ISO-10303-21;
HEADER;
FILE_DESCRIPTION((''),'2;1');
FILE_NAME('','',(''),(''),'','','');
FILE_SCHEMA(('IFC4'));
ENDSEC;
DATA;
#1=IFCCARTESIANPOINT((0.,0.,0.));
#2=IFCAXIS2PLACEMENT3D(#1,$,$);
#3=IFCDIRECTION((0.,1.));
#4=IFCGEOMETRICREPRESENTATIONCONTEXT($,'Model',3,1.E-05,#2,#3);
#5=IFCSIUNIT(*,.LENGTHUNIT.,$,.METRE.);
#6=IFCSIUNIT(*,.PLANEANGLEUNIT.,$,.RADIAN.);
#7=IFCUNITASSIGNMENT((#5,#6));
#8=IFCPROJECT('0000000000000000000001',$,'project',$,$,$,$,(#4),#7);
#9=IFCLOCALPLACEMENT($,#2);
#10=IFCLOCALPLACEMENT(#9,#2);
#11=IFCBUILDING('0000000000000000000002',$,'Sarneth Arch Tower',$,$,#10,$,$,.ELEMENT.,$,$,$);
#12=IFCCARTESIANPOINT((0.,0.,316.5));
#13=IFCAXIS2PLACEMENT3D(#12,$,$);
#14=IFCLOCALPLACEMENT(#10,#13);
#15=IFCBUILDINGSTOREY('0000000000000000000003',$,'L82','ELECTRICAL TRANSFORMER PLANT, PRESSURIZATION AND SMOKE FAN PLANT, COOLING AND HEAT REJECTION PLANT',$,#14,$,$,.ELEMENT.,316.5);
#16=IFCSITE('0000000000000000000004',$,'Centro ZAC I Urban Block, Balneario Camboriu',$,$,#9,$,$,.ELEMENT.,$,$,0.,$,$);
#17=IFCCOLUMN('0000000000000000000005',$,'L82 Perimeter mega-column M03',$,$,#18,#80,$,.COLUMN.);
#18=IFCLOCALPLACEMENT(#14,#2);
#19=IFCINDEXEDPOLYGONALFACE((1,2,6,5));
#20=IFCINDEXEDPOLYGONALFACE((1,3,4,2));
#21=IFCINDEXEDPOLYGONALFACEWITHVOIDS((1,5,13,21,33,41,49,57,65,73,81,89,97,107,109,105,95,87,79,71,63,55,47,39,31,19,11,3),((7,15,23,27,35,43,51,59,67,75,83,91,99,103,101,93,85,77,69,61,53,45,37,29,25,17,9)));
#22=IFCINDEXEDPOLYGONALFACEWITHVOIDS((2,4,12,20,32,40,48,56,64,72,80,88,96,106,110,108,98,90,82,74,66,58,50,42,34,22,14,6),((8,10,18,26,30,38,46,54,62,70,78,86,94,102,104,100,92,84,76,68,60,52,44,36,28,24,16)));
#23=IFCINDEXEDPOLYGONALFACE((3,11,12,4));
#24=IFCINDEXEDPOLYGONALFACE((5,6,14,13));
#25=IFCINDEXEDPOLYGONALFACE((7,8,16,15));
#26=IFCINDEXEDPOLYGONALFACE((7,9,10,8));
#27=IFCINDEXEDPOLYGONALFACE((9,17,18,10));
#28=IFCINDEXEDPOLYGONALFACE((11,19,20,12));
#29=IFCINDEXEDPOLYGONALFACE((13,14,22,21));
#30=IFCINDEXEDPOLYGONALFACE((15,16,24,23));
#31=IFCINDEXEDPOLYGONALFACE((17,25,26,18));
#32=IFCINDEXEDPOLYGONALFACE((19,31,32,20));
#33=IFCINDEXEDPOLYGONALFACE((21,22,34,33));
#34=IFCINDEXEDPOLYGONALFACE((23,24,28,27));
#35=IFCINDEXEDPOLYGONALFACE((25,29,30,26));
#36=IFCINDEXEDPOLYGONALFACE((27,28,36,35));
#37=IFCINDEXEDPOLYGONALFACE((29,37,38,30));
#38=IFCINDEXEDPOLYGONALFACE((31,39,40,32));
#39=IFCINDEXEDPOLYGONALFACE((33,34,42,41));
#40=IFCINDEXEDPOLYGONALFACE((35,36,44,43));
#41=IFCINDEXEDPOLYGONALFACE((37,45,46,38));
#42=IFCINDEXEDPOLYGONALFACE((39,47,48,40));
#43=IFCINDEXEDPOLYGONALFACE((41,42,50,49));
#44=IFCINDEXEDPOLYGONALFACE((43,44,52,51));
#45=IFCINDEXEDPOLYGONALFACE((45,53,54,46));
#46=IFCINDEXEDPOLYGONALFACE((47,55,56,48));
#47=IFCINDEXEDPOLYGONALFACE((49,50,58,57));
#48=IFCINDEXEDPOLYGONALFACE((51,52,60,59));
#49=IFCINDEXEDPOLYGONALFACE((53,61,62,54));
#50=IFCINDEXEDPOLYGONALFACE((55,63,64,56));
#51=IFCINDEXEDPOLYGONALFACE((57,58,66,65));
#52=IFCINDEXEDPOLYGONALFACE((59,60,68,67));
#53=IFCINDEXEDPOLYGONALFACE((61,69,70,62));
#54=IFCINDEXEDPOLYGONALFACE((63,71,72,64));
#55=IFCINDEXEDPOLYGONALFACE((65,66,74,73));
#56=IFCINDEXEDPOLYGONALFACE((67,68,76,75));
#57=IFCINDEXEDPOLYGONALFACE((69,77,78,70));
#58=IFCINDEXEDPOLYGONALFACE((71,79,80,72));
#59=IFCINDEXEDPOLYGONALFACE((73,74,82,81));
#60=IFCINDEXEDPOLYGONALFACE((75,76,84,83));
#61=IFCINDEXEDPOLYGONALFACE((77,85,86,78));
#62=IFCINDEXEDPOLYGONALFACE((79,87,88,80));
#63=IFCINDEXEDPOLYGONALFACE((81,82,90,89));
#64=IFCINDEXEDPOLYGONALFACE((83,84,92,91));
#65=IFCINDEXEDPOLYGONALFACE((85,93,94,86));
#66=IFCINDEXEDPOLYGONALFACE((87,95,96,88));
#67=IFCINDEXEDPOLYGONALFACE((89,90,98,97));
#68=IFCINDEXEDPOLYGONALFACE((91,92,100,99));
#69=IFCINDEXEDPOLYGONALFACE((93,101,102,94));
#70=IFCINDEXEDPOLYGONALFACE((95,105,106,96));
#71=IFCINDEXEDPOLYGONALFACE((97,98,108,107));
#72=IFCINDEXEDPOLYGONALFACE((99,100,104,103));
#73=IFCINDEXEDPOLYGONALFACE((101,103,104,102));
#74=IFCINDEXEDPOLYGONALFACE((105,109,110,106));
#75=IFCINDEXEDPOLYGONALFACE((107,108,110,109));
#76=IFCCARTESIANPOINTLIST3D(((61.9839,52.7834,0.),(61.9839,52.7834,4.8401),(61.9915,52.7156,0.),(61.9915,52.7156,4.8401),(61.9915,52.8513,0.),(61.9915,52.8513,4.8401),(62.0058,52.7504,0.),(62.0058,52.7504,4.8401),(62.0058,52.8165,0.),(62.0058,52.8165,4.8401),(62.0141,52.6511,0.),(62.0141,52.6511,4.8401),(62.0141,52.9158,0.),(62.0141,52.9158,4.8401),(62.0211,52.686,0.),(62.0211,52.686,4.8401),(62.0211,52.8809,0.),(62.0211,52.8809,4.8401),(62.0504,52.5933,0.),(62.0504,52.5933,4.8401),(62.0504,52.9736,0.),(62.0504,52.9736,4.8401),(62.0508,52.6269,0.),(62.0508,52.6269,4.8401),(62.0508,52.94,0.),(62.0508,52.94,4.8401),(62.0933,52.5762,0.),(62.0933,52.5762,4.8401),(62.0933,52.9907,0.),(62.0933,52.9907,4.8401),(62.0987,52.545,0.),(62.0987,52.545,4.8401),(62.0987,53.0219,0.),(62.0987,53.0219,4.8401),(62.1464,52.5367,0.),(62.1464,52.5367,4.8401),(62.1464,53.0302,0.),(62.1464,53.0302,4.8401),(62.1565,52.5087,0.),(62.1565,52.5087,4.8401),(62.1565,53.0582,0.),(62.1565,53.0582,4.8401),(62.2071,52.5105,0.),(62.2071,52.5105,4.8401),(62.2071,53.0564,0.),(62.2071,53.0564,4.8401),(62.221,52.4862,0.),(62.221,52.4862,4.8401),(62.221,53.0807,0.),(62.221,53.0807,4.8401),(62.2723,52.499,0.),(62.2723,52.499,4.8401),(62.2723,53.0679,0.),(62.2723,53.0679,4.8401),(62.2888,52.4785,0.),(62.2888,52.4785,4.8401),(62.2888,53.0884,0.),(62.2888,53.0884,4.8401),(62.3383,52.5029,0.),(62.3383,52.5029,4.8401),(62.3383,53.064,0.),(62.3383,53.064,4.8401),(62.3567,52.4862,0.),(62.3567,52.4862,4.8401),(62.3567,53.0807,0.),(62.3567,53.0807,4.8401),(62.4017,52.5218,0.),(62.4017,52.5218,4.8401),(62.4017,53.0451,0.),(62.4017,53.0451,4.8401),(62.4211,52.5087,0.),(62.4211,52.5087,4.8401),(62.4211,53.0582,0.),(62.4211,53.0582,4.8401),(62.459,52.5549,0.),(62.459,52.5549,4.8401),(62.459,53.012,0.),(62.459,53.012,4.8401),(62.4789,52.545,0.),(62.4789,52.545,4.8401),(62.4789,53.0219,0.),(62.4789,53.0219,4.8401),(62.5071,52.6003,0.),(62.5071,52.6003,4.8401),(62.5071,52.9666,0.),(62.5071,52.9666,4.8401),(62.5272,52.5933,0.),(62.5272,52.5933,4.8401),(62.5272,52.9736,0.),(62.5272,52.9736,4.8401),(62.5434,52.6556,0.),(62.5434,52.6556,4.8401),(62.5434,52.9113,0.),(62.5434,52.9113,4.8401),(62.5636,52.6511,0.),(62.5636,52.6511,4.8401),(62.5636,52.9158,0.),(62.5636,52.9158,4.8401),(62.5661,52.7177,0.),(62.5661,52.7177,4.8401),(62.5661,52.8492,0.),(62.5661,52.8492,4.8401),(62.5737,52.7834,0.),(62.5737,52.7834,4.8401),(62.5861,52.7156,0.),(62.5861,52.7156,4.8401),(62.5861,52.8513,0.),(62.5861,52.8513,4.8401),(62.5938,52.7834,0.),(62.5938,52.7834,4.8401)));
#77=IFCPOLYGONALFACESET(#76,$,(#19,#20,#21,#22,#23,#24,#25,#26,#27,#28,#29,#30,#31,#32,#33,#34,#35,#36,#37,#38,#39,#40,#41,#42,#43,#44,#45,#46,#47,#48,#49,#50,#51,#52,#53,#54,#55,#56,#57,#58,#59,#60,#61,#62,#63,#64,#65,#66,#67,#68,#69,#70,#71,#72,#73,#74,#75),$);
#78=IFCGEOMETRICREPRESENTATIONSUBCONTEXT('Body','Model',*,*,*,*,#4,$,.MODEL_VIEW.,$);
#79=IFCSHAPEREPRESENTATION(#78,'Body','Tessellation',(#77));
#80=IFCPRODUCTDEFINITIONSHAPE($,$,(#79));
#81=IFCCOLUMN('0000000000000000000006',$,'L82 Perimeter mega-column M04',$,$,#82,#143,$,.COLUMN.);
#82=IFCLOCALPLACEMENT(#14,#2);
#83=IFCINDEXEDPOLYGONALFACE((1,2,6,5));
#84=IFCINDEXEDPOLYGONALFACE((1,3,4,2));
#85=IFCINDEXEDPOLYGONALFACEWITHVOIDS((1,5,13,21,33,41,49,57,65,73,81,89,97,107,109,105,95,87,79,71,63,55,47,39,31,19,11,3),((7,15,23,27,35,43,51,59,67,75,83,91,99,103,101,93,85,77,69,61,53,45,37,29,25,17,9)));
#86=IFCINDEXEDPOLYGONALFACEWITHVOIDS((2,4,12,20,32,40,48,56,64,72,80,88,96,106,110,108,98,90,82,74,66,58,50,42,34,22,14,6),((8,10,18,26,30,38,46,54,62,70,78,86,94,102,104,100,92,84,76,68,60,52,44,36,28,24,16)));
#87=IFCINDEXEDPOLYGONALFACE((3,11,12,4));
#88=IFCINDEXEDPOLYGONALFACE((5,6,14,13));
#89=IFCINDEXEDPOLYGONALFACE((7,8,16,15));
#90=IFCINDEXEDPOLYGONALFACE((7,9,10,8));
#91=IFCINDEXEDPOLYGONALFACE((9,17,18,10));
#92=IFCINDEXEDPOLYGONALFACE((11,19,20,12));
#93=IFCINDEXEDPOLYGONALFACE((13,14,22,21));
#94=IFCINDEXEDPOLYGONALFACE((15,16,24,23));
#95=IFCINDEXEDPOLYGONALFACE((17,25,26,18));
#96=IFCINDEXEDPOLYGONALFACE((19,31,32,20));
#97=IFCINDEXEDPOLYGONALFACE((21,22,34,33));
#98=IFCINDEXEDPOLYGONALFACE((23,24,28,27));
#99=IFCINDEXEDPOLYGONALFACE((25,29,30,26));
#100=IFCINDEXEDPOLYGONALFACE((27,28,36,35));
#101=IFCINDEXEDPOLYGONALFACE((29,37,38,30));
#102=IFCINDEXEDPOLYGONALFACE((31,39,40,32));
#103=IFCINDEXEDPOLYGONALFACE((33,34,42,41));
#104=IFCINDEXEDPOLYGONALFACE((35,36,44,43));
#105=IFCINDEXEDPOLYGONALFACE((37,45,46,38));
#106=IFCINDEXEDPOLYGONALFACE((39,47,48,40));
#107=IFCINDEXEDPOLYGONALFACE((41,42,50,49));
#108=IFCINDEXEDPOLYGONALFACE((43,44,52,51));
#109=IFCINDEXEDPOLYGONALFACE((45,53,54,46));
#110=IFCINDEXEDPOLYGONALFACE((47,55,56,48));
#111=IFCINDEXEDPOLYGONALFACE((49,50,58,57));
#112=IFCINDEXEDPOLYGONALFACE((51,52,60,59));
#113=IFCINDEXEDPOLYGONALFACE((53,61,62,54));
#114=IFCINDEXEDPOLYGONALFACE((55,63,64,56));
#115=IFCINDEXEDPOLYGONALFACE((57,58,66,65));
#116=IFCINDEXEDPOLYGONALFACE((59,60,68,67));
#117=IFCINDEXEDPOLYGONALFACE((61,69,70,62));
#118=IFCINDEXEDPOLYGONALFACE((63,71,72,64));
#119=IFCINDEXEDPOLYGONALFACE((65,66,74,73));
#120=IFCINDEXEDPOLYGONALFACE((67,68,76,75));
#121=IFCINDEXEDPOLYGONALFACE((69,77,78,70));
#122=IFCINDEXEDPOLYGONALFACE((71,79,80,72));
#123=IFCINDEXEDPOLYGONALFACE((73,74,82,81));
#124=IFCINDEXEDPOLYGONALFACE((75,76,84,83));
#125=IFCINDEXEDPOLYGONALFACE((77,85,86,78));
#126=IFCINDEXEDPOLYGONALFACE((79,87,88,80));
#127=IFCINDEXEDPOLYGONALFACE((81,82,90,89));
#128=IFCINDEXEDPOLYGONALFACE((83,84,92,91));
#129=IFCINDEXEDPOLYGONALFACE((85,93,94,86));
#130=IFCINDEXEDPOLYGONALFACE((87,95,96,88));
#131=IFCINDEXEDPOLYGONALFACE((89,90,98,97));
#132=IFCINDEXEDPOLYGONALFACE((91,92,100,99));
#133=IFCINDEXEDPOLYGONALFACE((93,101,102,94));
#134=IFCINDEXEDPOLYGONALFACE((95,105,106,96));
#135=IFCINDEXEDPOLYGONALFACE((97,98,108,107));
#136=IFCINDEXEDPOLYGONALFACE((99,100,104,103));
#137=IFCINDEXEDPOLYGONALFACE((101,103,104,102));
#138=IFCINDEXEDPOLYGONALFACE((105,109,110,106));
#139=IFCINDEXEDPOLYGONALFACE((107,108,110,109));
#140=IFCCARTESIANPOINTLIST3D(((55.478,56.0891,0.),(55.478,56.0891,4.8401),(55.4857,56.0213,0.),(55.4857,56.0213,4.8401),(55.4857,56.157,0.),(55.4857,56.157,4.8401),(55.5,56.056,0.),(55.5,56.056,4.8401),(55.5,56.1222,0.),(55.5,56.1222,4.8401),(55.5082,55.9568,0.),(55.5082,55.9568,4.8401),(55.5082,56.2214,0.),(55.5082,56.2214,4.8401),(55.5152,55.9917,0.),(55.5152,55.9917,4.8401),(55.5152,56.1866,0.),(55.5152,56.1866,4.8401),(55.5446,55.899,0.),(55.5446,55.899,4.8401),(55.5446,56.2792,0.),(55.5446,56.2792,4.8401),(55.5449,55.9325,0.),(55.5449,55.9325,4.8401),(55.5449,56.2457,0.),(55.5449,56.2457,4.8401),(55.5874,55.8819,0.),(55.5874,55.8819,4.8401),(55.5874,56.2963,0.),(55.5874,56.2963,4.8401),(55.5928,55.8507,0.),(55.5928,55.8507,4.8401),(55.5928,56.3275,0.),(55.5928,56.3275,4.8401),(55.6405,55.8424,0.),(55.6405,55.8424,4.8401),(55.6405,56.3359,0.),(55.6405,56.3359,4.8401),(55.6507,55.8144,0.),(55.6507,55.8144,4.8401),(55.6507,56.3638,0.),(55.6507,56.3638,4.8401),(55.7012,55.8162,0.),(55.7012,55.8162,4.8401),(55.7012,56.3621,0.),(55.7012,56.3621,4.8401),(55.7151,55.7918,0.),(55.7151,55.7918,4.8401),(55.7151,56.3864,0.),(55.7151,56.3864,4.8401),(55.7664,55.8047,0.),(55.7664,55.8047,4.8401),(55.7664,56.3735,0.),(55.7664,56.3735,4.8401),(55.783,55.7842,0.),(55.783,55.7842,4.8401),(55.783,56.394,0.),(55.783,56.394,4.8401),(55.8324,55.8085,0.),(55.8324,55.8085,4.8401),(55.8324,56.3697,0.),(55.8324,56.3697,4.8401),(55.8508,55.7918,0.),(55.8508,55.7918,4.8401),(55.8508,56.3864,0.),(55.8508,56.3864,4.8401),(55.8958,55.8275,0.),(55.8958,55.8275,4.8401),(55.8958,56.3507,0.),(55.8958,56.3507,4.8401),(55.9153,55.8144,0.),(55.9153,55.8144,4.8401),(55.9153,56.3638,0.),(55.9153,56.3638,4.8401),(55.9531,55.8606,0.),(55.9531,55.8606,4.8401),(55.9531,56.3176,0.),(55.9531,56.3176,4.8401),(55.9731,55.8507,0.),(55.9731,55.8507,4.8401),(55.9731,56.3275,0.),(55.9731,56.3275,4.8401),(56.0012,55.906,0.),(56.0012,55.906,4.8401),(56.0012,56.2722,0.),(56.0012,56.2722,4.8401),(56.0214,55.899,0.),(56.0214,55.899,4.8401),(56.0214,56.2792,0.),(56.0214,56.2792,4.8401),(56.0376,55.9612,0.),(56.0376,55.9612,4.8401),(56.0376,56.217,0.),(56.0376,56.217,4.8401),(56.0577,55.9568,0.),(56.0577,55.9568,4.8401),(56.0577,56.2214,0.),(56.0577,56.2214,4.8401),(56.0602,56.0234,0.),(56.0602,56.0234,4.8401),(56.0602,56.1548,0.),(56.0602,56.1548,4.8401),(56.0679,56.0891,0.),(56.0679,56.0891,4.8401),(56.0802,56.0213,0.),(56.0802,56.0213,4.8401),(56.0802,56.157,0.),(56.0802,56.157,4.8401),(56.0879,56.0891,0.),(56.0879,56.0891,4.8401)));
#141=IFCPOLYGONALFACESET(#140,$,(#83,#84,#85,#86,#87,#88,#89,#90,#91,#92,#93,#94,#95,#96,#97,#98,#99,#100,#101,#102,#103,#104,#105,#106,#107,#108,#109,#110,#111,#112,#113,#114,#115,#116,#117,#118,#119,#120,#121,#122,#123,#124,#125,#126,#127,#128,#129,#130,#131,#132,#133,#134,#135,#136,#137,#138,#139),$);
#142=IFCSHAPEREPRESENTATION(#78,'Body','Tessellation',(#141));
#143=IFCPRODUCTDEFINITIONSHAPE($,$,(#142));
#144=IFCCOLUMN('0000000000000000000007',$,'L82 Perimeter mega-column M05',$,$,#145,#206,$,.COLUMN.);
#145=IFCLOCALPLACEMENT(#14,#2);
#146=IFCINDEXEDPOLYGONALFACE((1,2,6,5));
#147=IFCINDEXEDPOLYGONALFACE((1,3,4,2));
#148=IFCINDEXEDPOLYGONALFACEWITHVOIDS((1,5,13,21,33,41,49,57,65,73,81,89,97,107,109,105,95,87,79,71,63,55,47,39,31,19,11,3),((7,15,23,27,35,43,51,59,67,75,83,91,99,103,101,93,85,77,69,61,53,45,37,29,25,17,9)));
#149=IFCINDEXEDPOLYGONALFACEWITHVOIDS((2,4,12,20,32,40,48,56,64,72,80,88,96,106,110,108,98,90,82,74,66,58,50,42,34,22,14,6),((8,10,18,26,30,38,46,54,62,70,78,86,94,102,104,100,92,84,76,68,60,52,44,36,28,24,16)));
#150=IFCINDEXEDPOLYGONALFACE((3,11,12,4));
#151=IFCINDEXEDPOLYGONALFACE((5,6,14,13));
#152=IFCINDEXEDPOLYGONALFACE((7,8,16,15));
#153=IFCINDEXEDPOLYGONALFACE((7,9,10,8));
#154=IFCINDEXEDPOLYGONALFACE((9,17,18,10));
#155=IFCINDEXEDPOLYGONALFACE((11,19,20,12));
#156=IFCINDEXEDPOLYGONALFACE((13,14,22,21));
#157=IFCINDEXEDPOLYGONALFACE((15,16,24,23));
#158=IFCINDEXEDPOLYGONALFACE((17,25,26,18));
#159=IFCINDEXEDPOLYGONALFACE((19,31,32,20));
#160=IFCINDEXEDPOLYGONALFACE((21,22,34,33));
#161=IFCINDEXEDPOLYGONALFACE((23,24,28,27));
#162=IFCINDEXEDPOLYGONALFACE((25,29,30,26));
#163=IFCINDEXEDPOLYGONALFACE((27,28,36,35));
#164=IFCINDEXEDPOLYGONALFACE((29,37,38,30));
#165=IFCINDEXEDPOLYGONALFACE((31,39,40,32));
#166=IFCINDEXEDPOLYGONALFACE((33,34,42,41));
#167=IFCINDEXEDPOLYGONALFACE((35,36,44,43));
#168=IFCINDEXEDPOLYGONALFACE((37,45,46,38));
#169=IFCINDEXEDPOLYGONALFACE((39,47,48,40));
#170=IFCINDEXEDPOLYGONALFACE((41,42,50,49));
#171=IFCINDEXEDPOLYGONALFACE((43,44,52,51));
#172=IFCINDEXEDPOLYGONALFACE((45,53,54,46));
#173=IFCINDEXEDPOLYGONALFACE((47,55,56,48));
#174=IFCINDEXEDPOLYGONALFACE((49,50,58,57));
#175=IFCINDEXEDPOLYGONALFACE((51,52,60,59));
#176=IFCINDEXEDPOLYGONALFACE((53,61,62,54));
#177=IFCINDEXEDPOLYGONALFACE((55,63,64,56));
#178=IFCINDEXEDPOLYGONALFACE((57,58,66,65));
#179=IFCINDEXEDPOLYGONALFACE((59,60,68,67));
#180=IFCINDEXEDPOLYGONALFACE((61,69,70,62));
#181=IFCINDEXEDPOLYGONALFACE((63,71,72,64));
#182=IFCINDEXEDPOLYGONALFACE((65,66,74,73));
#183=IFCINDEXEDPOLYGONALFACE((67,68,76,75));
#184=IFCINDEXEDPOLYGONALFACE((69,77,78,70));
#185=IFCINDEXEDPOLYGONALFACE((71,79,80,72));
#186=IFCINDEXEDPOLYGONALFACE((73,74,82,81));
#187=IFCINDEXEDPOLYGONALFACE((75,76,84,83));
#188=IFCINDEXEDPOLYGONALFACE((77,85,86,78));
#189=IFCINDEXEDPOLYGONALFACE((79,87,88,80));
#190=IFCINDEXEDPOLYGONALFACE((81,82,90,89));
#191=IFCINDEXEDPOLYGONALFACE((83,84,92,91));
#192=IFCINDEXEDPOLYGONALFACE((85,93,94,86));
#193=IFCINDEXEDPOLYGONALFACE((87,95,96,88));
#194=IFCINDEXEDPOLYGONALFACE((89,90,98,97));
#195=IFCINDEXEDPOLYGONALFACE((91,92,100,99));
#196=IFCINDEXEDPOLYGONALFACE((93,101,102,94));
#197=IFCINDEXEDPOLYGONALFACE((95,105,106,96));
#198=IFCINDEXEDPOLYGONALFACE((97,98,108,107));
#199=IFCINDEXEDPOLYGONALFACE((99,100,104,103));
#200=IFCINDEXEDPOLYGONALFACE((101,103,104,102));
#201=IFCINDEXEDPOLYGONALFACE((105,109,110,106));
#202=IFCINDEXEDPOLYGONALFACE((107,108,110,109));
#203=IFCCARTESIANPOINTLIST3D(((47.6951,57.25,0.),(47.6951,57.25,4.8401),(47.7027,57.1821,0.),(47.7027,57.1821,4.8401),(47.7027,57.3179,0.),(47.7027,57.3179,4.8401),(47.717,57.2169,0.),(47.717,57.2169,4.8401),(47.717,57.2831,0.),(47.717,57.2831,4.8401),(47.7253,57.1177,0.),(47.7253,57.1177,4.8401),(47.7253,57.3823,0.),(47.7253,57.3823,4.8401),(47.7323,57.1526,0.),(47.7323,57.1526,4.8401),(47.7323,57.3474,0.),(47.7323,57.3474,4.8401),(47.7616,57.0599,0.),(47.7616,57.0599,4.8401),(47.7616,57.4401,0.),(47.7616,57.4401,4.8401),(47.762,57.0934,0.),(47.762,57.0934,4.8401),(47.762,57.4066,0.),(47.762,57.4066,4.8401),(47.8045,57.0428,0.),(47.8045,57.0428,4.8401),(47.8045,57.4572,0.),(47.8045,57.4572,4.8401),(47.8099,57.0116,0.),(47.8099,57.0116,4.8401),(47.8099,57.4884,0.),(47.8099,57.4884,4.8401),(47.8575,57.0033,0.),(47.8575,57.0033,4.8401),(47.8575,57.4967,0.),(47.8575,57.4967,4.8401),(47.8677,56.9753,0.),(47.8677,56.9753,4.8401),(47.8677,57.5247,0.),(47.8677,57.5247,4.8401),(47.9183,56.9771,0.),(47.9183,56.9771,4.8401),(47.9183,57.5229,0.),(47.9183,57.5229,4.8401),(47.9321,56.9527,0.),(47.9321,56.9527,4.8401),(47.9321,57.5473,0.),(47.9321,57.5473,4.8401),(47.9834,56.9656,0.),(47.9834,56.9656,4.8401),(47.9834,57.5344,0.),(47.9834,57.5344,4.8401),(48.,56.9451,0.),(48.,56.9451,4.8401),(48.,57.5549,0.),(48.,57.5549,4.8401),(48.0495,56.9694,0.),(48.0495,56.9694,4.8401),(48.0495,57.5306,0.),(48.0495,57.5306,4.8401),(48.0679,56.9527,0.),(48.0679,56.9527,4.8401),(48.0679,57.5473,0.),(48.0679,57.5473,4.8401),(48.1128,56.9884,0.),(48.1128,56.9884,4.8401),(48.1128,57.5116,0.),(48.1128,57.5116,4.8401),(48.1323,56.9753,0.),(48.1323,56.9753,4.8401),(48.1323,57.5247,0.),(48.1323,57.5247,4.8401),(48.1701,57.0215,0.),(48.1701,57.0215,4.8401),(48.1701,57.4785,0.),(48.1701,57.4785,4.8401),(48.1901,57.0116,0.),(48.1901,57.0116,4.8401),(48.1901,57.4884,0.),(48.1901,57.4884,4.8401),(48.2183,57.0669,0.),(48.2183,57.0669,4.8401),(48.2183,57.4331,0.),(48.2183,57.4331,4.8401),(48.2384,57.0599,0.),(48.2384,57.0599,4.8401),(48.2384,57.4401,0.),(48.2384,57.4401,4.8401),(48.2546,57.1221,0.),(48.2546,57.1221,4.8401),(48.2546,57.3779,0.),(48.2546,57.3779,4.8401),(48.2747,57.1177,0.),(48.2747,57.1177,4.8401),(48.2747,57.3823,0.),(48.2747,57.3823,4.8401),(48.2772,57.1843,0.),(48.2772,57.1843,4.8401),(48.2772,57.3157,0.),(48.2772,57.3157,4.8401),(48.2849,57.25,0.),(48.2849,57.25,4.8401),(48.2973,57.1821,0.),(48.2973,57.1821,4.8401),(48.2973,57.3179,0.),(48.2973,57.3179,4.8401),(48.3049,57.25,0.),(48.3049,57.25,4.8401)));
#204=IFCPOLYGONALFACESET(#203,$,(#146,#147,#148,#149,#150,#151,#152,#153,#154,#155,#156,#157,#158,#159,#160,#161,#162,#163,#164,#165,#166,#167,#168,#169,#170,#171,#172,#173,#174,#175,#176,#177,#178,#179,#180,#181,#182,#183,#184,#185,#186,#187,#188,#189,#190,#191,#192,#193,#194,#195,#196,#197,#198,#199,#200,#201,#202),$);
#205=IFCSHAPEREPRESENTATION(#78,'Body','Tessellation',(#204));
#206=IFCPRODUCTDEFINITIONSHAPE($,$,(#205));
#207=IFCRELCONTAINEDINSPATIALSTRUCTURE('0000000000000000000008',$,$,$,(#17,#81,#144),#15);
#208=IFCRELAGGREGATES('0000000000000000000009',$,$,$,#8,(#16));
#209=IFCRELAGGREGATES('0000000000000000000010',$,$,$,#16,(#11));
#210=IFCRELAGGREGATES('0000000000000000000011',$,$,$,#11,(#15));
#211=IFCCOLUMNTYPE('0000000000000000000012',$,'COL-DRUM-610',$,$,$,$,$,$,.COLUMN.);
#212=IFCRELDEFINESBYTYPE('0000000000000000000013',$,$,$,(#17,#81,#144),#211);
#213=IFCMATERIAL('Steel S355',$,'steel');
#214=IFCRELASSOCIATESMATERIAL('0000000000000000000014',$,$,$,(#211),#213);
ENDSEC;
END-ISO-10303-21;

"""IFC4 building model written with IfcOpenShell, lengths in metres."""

from ifc_helpers import new_model, si_unit, direction, frame, origin, origin_2d, place, context, subcontext, project, spatial, hollow_circle, extrude, material, material_profile, profile_set, type_object, element, save


model = new_model("IFC4")

# Units and contexts
model_context = context("Model", 3, precision=1e-05, world=origin(), true_north=direction((0.0, 1.0)))
body_context = subcontext(model_context, "Body", "Model", "MODEL_VIEW")
ifc_project = project(units=[si_unit("LENGTHUNIT", "METRE"), si_unit("PLANEANGLEUNIT", "RADIAN")], contexts=[model_context])

# Site, building, storey
site_placement = place(None, origin())
site = spatial("IfcSite", under=ifc_project, at=site_placement, Name="Centro ZAC I Urban Block, Balneario Camboriu", CompositionType="ELEMENT", RefElevation=0.0)
building_placement = place(site_placement, origin())
building = spatial("IfcBuilding", under=site, at=building_placement, Name="Sarneth Arch Tower", CompositionType="ELEMENT")
storey_placement = place(building_placement, frame((0.0, 0.0, 316.5)))
storey = spatial("IfcBuildingStorey", under=building, at=storey_placement, Name="L82", Description="ELECTRICAL TRANSFORMER PLANT, PRESSURIZATION AND SMOKE FAN PLANT, COOLING AND HEAT REJECTION PLANT", CompositionType="ELEMENT", Elevation=316.5)

# Columns
ifc_material_1 = material(Name="Steel S355", Category="steel")
ifc_material_profile_1 = material_profile(ifc_material_1, hollow_circle(Radius=0.3049, WallThickness=0.02, at=origin_2d()), Name="CHS610x20")
ifc_profile_set_1 = profile_set([ifc_material_profile_1], Name="Steel S355")
column_type = type_object("IfcColumnType", Name="COL-DRUM-610", PredefinedType="COLUMN", material=ifc_profile_set_1)
for number, where, z_axis, x_axis, name in (
    (1, (62.2888, 52.7834, 0.0), (0.0, 0.0, 1.0), (1.0, 0.0, 0.0), "L82 Perimeter mega-column M03"),
    (2, (55.783, 56.0891, 0.0), (0.0, 0.0, 1.0), (1.0, 0.0, 0.0), "L82 Perimeter mega-column M04"),
    (3, (48.0, 57.25, 0.0), (0.0, 0.0, 1.0), (1.0, 0.0, 0.0), "L82 Perimeter mega-column M05"),
):
    element("IfcColumn", number, at=place(storey_placement, frame(where, z_axis=z_axis, x_axis=x_axis)), inside=storey, type_object=column_type, Name=name, PredefinedType="COLUMN", context=body_context, shape_type="SweptSolid", body=[
        extrude(hollow_circle(Radius=0.3049, WallThickness=0.02, at=origin_2d()), origin(), (0.0, 0.0, 1.0), 4.8401),
    ])

save(model, "model.ifc")
